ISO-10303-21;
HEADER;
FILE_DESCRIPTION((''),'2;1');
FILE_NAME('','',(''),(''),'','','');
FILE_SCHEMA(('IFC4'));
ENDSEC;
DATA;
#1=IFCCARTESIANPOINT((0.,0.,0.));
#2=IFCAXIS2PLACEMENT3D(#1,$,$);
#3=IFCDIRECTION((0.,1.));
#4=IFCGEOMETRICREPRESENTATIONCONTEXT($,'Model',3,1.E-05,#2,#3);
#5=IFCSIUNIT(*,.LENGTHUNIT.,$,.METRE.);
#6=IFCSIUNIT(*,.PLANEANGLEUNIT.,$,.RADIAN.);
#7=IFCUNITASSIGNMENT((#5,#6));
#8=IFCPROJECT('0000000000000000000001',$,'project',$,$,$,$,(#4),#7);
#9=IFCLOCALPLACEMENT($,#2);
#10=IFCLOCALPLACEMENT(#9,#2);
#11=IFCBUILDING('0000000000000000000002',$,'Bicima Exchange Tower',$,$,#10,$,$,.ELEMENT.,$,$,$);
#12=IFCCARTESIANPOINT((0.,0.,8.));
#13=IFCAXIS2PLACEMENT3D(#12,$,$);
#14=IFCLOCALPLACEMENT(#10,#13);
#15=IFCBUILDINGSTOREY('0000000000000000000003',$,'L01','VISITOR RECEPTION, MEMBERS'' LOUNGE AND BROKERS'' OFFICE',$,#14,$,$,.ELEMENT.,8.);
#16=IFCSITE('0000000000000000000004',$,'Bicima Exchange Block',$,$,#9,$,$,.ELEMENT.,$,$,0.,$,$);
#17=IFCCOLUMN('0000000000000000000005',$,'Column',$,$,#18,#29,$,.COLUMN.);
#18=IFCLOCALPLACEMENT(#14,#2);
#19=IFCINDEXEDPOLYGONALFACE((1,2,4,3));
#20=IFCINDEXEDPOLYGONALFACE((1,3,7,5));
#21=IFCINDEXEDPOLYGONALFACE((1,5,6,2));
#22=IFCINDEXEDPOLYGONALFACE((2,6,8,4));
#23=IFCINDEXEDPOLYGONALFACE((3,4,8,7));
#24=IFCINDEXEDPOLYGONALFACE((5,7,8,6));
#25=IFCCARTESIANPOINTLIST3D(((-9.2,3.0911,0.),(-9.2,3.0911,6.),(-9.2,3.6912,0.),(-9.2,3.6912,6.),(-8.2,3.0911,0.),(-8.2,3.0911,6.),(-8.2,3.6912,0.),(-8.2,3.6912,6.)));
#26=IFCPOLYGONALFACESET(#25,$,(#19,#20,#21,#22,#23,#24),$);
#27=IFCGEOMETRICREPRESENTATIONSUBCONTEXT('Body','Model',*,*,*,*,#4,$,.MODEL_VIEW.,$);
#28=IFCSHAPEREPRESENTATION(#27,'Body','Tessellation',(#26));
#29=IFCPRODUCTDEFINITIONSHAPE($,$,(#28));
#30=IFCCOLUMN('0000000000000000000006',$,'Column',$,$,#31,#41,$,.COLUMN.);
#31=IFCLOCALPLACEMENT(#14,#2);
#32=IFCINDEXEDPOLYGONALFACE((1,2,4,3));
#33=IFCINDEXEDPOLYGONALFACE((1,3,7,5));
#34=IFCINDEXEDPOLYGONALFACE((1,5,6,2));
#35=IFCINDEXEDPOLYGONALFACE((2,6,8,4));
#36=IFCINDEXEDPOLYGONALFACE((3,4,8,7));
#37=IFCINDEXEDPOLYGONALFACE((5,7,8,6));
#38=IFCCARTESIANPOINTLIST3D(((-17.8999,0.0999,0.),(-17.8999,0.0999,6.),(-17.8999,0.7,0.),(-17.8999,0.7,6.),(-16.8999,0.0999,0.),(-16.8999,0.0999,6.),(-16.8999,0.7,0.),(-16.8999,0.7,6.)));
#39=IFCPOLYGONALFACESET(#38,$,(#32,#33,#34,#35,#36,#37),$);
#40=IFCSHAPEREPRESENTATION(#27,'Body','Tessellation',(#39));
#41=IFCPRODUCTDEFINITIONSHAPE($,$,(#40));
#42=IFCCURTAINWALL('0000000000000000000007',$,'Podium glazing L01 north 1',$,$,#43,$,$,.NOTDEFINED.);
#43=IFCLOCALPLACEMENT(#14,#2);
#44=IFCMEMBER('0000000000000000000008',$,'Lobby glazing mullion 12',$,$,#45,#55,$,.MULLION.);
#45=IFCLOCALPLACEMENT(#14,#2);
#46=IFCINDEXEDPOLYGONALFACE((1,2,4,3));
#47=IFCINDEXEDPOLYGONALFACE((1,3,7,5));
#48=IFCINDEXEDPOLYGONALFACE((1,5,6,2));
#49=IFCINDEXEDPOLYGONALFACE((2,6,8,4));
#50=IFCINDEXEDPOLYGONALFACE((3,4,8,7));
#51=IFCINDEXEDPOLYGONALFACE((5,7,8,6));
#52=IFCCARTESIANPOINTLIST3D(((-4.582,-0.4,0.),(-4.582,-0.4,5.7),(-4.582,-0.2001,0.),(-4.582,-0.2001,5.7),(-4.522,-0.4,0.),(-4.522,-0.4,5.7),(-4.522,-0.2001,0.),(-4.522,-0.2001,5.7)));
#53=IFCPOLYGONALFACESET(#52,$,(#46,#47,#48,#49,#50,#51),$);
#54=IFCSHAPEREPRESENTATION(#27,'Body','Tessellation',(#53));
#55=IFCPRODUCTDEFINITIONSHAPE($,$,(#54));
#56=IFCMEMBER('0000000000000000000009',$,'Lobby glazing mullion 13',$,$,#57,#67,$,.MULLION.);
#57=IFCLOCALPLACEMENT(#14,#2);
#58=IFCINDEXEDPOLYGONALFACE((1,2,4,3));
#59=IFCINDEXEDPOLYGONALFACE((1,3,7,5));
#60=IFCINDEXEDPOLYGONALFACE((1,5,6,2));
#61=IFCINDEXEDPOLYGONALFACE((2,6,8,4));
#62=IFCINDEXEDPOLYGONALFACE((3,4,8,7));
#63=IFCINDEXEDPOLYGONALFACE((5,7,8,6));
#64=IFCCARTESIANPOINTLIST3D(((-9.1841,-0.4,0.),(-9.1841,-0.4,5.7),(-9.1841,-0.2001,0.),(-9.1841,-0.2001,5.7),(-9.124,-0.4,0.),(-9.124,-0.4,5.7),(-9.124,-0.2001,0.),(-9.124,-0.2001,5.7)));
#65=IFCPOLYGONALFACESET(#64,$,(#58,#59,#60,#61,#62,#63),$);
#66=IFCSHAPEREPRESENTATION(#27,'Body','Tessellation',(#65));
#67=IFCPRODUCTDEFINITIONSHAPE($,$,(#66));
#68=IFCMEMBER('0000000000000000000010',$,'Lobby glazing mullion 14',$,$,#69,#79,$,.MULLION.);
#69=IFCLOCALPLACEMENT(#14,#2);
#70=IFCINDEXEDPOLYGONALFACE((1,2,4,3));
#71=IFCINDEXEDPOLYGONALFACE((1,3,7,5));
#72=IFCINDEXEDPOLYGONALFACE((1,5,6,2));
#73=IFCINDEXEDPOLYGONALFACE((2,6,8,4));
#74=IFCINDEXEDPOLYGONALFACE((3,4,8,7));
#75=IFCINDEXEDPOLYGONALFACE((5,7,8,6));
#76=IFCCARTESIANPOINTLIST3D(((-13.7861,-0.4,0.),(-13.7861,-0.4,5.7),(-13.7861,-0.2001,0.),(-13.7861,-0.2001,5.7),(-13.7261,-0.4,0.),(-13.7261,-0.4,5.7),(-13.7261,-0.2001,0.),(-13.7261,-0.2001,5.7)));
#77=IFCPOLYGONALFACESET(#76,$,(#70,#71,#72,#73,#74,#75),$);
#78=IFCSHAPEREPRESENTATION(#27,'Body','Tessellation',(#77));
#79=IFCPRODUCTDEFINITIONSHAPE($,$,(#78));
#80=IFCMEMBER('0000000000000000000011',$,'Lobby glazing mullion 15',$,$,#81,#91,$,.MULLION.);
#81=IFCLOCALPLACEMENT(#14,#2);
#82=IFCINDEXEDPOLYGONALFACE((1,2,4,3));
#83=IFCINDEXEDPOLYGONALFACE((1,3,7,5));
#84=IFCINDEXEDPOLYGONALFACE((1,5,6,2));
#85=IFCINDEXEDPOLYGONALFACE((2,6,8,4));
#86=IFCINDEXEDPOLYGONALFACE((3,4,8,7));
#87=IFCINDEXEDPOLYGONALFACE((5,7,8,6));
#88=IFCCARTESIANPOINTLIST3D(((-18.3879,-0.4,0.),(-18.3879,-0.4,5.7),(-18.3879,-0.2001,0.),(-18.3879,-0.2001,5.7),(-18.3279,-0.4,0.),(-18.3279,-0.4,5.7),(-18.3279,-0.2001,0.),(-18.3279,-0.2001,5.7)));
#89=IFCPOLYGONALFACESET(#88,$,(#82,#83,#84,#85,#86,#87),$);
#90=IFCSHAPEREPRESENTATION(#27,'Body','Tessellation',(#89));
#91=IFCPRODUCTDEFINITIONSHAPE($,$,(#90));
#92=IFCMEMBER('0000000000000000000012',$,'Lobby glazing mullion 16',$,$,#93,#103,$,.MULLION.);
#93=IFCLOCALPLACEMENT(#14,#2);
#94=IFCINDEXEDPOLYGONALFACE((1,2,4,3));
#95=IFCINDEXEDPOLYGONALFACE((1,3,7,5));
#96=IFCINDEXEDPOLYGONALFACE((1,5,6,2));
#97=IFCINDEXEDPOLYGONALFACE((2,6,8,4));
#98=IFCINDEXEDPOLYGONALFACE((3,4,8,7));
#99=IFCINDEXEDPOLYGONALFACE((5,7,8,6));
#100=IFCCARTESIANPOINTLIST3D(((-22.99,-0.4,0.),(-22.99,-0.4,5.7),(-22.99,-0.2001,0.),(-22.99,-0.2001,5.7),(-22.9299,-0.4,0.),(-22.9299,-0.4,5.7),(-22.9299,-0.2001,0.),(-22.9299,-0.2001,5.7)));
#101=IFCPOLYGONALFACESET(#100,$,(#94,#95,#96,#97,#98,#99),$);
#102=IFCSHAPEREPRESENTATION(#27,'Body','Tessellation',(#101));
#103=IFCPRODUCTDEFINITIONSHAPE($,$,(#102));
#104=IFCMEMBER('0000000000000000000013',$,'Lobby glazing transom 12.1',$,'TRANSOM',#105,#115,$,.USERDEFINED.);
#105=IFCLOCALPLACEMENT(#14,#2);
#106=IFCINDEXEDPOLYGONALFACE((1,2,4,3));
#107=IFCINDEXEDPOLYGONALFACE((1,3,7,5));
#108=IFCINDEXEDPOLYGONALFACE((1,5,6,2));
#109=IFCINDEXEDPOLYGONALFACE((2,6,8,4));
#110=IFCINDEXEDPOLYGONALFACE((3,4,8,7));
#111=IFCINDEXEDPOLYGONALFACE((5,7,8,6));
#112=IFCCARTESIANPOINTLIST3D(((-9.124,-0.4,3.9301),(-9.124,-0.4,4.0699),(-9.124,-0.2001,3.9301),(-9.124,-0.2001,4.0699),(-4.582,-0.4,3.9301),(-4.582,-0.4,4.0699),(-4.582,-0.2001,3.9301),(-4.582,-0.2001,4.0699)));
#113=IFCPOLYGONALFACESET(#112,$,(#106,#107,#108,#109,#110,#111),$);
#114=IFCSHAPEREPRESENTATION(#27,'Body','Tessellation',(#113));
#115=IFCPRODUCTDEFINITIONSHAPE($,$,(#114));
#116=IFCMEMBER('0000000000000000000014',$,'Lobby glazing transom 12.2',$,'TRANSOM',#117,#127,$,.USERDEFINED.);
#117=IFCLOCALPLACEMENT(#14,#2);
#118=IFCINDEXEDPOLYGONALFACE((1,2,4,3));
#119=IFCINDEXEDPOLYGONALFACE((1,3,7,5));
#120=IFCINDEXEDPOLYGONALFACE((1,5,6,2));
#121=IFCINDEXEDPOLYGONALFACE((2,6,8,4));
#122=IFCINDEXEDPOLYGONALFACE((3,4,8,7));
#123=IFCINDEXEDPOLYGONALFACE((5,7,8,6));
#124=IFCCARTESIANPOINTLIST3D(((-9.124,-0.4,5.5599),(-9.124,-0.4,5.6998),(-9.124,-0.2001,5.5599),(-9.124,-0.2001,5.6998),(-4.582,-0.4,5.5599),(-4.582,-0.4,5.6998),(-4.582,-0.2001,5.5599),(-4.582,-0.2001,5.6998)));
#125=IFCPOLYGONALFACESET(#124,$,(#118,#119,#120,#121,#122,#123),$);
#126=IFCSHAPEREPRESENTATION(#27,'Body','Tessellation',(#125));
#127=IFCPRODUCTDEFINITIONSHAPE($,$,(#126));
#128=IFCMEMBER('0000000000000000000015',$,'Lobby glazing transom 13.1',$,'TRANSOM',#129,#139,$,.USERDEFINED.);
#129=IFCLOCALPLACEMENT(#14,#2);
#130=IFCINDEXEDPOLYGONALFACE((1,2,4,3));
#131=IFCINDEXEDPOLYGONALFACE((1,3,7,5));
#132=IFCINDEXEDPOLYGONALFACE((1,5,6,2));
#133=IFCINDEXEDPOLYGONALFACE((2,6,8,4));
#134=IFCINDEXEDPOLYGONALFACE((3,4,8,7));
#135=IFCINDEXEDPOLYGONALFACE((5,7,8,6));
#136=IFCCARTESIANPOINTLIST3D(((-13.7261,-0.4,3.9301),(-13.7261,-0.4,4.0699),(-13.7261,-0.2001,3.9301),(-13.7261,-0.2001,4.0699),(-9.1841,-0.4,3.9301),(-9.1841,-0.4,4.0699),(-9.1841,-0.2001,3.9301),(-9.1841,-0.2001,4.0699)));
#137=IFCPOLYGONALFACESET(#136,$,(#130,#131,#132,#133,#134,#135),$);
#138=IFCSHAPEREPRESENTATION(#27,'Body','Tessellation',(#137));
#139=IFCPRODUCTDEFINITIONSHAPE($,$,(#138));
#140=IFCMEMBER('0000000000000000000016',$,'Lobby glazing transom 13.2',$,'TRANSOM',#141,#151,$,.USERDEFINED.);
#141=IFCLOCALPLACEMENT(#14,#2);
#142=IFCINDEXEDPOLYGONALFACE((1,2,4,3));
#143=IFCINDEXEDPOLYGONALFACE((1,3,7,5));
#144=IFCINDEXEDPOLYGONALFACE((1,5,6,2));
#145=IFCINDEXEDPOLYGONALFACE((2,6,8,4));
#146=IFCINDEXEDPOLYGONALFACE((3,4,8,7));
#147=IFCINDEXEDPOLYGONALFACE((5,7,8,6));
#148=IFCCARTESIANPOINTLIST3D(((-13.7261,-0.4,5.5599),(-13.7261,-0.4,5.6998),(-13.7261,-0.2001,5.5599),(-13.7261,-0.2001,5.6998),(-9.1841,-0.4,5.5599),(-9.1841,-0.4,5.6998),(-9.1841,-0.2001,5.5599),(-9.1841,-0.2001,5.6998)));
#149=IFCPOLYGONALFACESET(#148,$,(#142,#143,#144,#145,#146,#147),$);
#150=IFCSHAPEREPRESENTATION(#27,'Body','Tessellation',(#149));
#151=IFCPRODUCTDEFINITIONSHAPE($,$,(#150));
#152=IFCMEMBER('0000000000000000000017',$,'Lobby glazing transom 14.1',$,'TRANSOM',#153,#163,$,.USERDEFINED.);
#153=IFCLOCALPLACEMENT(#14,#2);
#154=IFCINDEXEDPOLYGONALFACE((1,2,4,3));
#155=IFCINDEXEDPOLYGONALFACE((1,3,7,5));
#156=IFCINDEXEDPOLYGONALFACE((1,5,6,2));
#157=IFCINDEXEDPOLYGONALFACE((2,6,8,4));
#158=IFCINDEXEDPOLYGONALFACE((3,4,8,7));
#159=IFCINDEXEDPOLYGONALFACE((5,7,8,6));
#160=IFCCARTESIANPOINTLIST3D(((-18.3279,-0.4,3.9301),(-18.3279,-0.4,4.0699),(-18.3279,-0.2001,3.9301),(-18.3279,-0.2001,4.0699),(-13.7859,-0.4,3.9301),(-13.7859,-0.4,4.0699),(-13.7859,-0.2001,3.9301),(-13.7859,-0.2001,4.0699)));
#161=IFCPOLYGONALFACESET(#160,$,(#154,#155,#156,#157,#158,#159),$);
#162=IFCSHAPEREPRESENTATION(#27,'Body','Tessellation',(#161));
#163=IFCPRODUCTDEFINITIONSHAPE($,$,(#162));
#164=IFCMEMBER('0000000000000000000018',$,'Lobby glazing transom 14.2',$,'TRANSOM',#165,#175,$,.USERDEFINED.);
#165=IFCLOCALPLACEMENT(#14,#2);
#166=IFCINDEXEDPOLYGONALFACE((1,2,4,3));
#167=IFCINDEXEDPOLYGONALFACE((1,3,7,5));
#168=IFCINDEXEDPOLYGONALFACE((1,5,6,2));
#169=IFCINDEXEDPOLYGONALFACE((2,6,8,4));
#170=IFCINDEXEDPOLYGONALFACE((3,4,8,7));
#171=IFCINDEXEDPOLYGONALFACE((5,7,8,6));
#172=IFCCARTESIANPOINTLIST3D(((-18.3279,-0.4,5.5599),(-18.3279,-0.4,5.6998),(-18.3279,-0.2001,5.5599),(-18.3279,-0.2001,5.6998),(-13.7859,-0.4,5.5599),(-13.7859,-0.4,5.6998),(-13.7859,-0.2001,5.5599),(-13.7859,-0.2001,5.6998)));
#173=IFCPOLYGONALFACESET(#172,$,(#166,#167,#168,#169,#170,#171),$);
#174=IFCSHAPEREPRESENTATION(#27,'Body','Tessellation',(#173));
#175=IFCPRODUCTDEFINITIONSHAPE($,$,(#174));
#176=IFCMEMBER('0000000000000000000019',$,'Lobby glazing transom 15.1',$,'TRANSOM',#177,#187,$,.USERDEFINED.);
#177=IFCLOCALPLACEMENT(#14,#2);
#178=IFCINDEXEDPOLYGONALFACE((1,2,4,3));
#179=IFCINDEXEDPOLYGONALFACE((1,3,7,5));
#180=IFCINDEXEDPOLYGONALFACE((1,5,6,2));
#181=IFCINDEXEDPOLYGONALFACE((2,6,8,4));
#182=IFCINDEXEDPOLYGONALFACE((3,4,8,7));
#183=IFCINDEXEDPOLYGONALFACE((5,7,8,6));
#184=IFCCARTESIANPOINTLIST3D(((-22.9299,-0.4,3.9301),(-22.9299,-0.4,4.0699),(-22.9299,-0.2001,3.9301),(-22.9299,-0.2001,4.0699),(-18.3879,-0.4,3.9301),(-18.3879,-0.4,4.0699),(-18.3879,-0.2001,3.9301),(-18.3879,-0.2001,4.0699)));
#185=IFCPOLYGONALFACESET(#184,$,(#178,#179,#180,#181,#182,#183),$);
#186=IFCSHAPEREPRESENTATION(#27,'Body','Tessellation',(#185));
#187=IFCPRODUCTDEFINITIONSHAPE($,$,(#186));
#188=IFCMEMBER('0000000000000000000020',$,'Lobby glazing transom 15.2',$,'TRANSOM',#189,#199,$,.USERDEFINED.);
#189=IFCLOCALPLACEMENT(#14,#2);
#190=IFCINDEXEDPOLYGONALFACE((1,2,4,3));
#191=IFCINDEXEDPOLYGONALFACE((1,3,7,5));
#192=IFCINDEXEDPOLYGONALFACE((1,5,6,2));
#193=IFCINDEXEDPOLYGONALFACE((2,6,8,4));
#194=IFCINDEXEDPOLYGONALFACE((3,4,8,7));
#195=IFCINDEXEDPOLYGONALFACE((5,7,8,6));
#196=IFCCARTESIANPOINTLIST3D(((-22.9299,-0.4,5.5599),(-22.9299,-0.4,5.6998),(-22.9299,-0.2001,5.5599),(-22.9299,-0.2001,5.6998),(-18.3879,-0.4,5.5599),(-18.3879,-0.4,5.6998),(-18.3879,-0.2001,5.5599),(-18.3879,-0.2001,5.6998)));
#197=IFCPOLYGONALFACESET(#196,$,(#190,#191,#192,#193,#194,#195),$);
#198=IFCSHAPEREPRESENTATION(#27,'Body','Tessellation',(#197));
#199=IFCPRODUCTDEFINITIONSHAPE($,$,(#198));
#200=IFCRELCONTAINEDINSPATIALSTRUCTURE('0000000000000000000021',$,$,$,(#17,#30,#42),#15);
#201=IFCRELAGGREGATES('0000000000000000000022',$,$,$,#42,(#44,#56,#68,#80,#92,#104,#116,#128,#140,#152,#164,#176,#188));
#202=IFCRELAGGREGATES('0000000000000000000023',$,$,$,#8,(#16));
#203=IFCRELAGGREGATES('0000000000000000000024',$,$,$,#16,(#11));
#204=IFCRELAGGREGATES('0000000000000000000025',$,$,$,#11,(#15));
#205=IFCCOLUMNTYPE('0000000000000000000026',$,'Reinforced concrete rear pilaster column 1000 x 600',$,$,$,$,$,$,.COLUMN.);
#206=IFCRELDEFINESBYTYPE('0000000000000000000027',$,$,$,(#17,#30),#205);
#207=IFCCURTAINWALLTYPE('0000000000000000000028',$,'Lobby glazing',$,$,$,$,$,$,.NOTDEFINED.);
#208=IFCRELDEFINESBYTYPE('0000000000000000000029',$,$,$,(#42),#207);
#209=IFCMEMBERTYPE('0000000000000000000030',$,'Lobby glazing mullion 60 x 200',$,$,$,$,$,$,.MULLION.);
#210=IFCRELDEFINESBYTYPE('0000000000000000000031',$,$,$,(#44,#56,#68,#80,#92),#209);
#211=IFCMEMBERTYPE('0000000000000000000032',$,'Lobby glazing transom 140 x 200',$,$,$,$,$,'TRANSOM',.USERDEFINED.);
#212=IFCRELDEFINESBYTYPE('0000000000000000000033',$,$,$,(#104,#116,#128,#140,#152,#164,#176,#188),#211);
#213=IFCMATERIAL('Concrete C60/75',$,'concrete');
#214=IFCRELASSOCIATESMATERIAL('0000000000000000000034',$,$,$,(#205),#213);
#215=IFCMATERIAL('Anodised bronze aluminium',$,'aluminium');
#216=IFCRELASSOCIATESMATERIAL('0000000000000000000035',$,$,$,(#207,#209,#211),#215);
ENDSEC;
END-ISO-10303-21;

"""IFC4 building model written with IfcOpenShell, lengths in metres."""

from ifc_helpers import new_model, si_unit, direction, frame, origin, origin_2d, place, context, subcontext, project, spatial, rectangle, extrude, material, material_profile, profile_set, type_object, element, aggregate, save


model = new_model("IFC4")

# Units and contexts
model_context = context("Model", 3, precision=1e-05, world=origin(), true_north=direction((0.0, 1.0)))
body_context = subcontext(model_context, "Body", "Model", "MODEL_VIEW")
ifc_project = project(units=[si_unit("LENGTHUNIT", "METRE"), si_unit("PLANEANGLEUNIT", "RADIAN")], contexts=[model_context])

# Site, building, storey
site_placement = place(None, origin())
site = spatial("IfcSite", under=ifc_project, at=site_placement, Name="Bicima Exchange Block", CompositionType="ELEMENT", RefElevation=0.0)
building_placement = place(site_placement, origin())
building = spatial("IfcBuilding", under=site, at=building_placement, Name="Bicima Exchange Tower", CompositionType="ELEMENT")
storey_placement = place(building_placement, frame((0.0, 0.0, 8.0)))
storey = spatial("IfcBuildingStorey", under=building, at=storey_placement, Name="L01", Description="VISITOR RECEPTION, MEMBERS' LOUNGE AND BROKERS' OFFICE", CompositionType="ELEMENT", Elevation=8.0)

# Columns
ifc_material_1 = material(Name="Concrete C60/75", Category="concrete")
ifc_material_profile_1 = material_profile(ifc_material_1, rectangle(XDim=1.0, YDim=0.6001, at=origin_2d()))
ifc_profile_set_1 = profile_set([ifc_material_profile_1], Name="Concrete C60/75")
column_type = type_object("IfcColumnType", Name="Reinforced concrete rear pilaster column 1000 x 600", PredefinedType="COLUMN", material=ifc_profile_set_1)
for number, where, z_axis, x_axis, name in (
    (1, (-8.7, 3.3911, 0.0), (0.0, 0.0, 1.0), (1.0, 0.0, 0.0), "Column"),
    (2, (-17.3999, 0.3999, 0.0), (0.0, 0.0, 1.0), (1.0, 0.0, 0.0), "Column"),
):
    element("IfcColumn", number, at=place(storey_placement, frame(where, z_axis=z_axis, x_axis=x_axis)), inside=storey, type_object=column_type, Name=name, PredefinedType="COLUMN", context=body_context, shape_type="SweptSolid", body=[
        extrude(rectangle(XDim=1.0, YDim=0.6001, at=origin_2d()), origin(), (0.0, 0.0, 1.0), 6.0),
    ])

# Curtain wall, members
ifc_material_2 = material(Name="Anodised bronze aluminium", Category="aluminium")
curtain_wall_type = type_object("IfcCurtainWallType", Name="Lobby glazing", PredefinedType="NOTDEFINED", material=ifc_material_2)
curtain_wall_placement = place(storey_placement, origin())
curtain_wall = element("IfcCurtainWall", 3, at=curtain_wall_placement, inside=storey, type_object=curtain_wall_type, Name="Podium glazing L01 north 1", PredefinedType="NOTDEFINED")
ifc_material_profile_2 = material_profile(ifc_material_2, rectangle(XDim=0.2, YDim=0.0601, at=origin_2d()))
ifc_profile_set_2 = profile_set([ifc_material_profile_2], Name="Anodised bronze aluminium")
member_type_1 = type_object("IfcMemberType", Name="Lobby glazing mullion 60 x 200", PredefinedType="MULLION", material=ifc_profile_set_2)
member_1_placement = place(storey_placement, frame((-4.552, -0.3, 0.0), z_axis=(0.0, 0.0, 1.0), x_axis=(0.0, -1.0, 0.0)))
member_1 = element("IfcMember", 4, at=member_1_placement, type_object=member_type_1, Name="Lobby glazing mullion 12", PredefinedType="MULLION", context=body_context, shape_type="SweptSolid", body=[
    extrude(rectangle(XDim=0.2, YDim=0.0601, at=origin_2d()), origin(), (0.0, 0.0, 1.0), 5.7),
])
member_2_placement = place(storey_placement, frame((-9.1541, -0.3, 0.0), z_axis=(0.0, 0.0, 1.0), x_axis=(0.0, -1.0, 0.0)))
member_2 = element("IfcMember", 5, at=member_2_placement, type_object=member_type_1, Name="Lobby glazing mullion 13", PredefinedType="MULLION", context=body_context, shape_type="SweptSolid", body=[
    extrude(rectangle(XDim=0.2, YDim=0.0601, at=origin_2d()), origin(), (0.0, 0.0, 1.0), 5.7),
])
member_3_placement = place(storey_placement, frame((-13.7561, -0.3, 0.0), z_axis=(0.0, 0.0, 1.0), x_axis=(0.0, -1.0, 0.0)))
member_3 = element("IfcMember", 6, at=member_3_placement, type_object=member_type_1, Name="Lobby glazing mullion 14", PredefinedType="MULLION", context=body_context, shape_type="SweptSolid", body=[
    extrude(rectangle(XDim=0.2, YDim=0.0601, at=origin_2d()), origin(), (0.0, 0.0, 1.0), 5.7),
])
member_4_placement = place(storey_placement, frame((-18.3579, -0.3, 0.0), z_axis=(0.0, 0.0, 1.0), x_axis=(0.0, -1.0, 0.0)))
member_4 = element("IfcMember", 7, at=member_4_placement, type_object=member_type_1, Name="Lobby glazing mullion 15", PredefinedType="MULLION", context=body_context, shape_type="SweptSolid", body=[
    extrude(rectangle(XDim=0.2, YDim=0.0601, at=origin_2d()), origin(), (0.0, 0.0, 1.0), 5.7),
])
member_5_placement = place(storey_placement, frame((-22.96, -0.3, 0.0), z_axis=(0.0, 0.0, 1.0), x_axis=(0.0, -1.0, 0.0)))
member_5 = element("IfcMember", 8, at=member_5_placement, type_object=member_type_1, Name="Lobby glazing mullion 16", PredefinedType="MULLION", context=body_context, shape_type="SweptSolid", body=[
    extrude(rectangle(XDim=0.2, YDim=0.0601, at=origin_2d()), origin(), (0.0, 0.0, 1.0), 5.7),
])
ifc_material_profile_3 = material_profile(ifc_material_2, rectangle(XDim=0.2, YDim=0.1399, at=origin_2d()))
ifc_profile_set_3 = profile_set([ifc_material_profile_3], Name="Anodised bronze aluminium")
member_type_2 = type_object("IfcMemberType", Name="Lobby glazing transom 140 x 200", ElementType="TRANSOM", PredefinedType="USERDEFINED", material=ifc_profile_set_3)
member_6_placement = place(storey_placement, frame((-4.582, -0.3, 4.0), z_axis=(-1.0, 0.0, 0.0), x_axis=(0.0, -1.0, 0.0)))
member_6 = element("IfcMember", 9, at=member_6_placement, type_object=member_type_2, Name="Lobby glazing transom 12.1", ObjectType="TRANSOM", PredefinedType="USERDEFINED", context=body_context, shape_type="SweptSolid", body=[
    extrude(rectangle(XDim=0.2, YDim=0.1399, at=origin_2d()), origin(), (0.0, 0.0, 1.0), 4.542),
])
member_7_placement = place(storey_placement, frame((-4.582, -0.3, 5.6299), z_axis=(-1.0, 0.0, 0.0), x_axis=(0.0, -1.0, 0.0)))
member_7 = element("IfcMember", 10, at=member_7_placement, type_object=member_type_2, Name="Lobby glazing transom 12.2", ObjectType="TRANSOM", PredefinedType="USERDEFINED", context=body_context, shape_type="SweptSolid", body=[
    extrude(rectangle(XDim=0.2, YDim=0.1399, at=origin_2d()), origin(), (0.0, 0.0, 1.0), 4.542),
])
member_8_placement = place(storey_placement, frame((-9.1841, -0.3, 4.0), z_axis=(-1.0, 0.0, 0.0), x_axis=(0.0, -1.0, 0.0)))
member_8 = element("IfcMember", 11, at=member_8_placement, type_object=member_type_2, Name="Lobby glazing transom 13.1", ObjectType="TRANSOM", PredefinedType="USERDEFINED", context=body_context, shape_type="SweptSolid", body=[
    extrude(rectangle(XDim=0.2, YDim=0.1399, at=origin_2d()), origin(), (0.0, 0.0, 1.0), 4.542),
])
member_9_placement = place(storey_placement, frame((-9.1841, -0.3, 5.6299), z_axis=(-1.0, 0.0, 0.0), x_axis=(0.0, -1.0, 0.0)))
member_9 = element("IfcMember", 12, at=member_9_placement, type_object=member_type_2, Name="Lobby glazing transom 13.2", ObjectType="TRANSOM", PredefinedType="USERDEFINED", context=body_context, shape_type="SweptSolid", body=[
    extrude(rectangle(XDim=0.2, YDim=0.1399, at=origin_2d()), origin(), (0.0, 0.0, 1.0), 4.542),
])
member_10_placement = place(storey_placement, frame((-13.7859, -0.3, 4.0), z_axis=(-1.0, 0.0, 0.0), x_axis=(0.0, -1.0, 0.0)))
member_10 = element("IfcMember", 13, at=member_10_placement, type_object=member_type_2, Name="Lobby glazing transom 14.1", ObjectType="TRANSOM", PredefinedType="USERDEFINED", context=body_context, shape_type="SweptSolid", body=[
    extrude(rectangle(XDim=0.2, YDim=0.1399, at=origin_2d()), origin(), (0.0, 0.0, 1.0), 4.542),
])
member_11_placement = place(storey_placement, frame((-13.7859, -0.3, 5.6299), z_axis=(-1.0, 0.0, 0.0), x_axis=(0.0, -1.0, 0.0)))
member_11 = element("IfcMember", 14, at=member_11_placement, type_object=member_type_2, Name="Lobby glazing transom 14.2", ObjectType="TRANSOM", PredefinedType="USERDEFINED", context=body_context, shape_type="SweptSolid", body=[
    extrude(rectangle(XDim=0.2, YDim=0.1399, at=origin_2d()), origin(), (0.0, 0.0, 1.0), 4.542),
])
member_12_placement = place(storey_placement, frame((-18.3879, -0.3, 4.0), z_axis=(-1.0, 0.0, 0.0), x_axis=(0.0, -1.0, 0.0)))
member_12 = element("IfcMember", 15, at=member_12_placement, type_object=member_type_2, Name="Lobby glazing transom 15.1", ObjectType="TRANSOM", PredefinedType="USERDEFINED", context=body_context, shape_type="SweptSolid", body=[
    extrude(rectangle(XDim=0.2, YDim=0.1399, at=origin_2d()), origin(), (0.0, 0.0, 1.0), 4.542),
])
member_13_placement = place(storey_placement, frame((-18.3879, -0.3, 5.6299), z_axis=(-1.0, 0.0, 0.0), x_axis=(0.0, -1.0, 0.0)))
member_13 = element("IfcMember", 16, at=member_13_placement, type_object=member_type_2, Name="Lobby glazing transom 15.2", ObjectType="TRANSOM", PredefinedType="USERDEFINED", context=body_context, shape_type="SweptSolid", body=[
    extrude(rectangle(XDim=0.2, YDim=0.1399, at=origin_2d()), origin(), (0.0, 0.0, 1.0), 4.542),
])
aggregate(curtain_wall, [member_1, member_2, member_3, member_4, member_5, member_6, member_7, member_8, member_9, member_10, member_11, member_12, member_13])

save(model, "model.ifc")
